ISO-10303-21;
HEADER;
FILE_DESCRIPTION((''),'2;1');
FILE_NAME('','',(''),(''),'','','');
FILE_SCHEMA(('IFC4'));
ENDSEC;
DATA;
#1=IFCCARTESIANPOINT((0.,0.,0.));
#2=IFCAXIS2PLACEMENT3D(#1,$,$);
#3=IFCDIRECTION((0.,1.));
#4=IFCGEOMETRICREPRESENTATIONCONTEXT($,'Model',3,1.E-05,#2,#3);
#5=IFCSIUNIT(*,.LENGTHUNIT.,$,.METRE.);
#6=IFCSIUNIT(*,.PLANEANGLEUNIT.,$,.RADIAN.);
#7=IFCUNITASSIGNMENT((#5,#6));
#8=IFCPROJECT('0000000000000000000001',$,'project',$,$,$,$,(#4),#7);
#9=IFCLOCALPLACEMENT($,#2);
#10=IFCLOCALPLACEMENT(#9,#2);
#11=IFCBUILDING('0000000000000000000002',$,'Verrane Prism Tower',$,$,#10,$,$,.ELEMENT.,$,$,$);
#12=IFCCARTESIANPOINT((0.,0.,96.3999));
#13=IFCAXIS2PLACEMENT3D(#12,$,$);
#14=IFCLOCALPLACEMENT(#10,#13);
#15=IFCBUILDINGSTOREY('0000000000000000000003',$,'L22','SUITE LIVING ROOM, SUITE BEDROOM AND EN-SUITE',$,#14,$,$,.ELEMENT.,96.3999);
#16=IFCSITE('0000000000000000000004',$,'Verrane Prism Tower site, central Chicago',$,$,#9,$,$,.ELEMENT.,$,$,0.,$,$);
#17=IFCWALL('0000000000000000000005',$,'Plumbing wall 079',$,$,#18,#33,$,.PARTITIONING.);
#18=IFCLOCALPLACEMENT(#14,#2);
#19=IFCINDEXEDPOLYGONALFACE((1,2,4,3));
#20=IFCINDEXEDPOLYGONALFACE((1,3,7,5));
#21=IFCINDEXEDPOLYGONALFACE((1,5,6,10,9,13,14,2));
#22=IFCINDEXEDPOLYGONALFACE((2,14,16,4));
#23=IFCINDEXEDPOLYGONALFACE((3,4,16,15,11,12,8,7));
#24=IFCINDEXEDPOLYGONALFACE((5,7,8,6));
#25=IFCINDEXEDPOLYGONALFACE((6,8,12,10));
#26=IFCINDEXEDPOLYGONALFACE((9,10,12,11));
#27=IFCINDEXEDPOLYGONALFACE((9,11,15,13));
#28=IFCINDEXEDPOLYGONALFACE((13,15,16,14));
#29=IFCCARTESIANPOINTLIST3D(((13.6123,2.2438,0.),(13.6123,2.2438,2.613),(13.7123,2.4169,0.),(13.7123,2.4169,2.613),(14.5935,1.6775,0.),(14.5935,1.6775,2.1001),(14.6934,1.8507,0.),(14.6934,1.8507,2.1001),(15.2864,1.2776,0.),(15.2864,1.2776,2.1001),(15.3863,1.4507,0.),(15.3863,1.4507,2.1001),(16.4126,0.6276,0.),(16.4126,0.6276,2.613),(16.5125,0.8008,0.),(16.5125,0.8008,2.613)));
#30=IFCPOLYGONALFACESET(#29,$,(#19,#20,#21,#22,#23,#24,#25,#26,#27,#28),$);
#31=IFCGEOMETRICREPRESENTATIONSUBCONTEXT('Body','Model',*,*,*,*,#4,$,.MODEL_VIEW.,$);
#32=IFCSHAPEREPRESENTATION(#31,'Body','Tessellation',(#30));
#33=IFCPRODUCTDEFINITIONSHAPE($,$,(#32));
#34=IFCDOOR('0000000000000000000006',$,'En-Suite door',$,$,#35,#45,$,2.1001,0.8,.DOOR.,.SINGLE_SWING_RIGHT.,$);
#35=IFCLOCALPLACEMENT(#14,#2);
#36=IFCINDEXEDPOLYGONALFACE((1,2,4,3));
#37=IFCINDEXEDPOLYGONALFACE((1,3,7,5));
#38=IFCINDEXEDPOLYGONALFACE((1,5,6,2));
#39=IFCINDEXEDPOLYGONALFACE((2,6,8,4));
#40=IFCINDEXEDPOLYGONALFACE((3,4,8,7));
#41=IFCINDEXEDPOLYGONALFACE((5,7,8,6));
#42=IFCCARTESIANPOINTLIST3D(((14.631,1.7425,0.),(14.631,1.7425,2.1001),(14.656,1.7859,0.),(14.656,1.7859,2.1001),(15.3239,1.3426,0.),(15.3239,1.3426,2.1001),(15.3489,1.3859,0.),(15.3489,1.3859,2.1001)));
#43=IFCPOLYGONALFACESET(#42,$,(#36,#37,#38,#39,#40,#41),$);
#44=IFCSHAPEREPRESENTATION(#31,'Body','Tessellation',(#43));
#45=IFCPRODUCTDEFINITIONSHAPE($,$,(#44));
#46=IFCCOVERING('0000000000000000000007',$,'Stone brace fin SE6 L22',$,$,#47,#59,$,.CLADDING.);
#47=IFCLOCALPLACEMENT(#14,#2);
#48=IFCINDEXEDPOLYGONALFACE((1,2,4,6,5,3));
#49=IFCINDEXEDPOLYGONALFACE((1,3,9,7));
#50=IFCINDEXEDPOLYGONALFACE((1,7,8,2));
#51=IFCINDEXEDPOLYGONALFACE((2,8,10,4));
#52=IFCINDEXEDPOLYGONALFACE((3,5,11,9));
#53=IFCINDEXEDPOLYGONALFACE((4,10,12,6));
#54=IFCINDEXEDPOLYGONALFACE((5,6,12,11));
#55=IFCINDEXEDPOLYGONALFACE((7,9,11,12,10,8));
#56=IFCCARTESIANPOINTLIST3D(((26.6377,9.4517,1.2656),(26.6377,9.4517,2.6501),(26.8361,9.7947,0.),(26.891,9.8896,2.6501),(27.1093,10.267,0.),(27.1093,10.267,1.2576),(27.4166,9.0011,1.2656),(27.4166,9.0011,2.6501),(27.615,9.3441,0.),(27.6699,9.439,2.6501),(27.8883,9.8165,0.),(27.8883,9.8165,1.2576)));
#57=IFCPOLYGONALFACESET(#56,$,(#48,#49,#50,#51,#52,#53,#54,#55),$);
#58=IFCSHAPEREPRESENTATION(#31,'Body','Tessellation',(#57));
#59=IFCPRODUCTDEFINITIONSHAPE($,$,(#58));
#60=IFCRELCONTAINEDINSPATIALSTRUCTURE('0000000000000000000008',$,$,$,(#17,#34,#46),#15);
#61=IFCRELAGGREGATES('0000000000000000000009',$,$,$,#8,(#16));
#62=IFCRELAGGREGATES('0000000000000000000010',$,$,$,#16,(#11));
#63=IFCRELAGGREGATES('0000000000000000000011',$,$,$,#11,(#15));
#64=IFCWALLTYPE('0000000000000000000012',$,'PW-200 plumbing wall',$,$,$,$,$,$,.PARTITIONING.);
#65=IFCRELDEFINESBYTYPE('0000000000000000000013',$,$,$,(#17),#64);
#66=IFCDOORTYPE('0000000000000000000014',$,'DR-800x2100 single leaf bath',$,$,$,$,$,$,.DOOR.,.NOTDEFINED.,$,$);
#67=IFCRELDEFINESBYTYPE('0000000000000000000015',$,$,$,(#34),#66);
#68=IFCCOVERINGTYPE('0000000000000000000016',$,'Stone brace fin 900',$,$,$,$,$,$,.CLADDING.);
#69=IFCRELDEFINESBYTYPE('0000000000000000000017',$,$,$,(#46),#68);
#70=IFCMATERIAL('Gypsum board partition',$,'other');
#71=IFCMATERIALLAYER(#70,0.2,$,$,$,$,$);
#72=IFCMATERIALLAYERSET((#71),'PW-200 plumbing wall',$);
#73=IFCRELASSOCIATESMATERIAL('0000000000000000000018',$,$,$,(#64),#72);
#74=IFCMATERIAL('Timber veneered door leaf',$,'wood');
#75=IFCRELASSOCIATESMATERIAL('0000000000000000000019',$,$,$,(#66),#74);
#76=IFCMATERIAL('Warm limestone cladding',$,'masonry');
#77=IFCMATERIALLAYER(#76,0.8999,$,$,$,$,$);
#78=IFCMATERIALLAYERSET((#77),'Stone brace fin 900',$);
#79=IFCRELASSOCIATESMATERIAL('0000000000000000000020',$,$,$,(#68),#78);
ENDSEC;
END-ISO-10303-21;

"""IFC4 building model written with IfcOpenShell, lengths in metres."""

from ifc_helpers import new_model, si_unit, direction, frame, frame_2d, origin, place, context, subcontext, project, spatial, polyline, rectangle, outline, extrude, material, layer, layer_set, type_object, element, fill, save


model = new_model("IFC4")

# Units and contexts
model_context = context("Model", 3, precision=1e-05, world=origin(), true_north=direction((0.0, 1.0)))
body_context = subcontext(model_context, "Body", "Model", "MODEL_VIEW")
ifc_project = project(units=[si_unit("LENGTHUNIT", "METRE"), si_unit("PLANEANGLEUNIT", "RADIAN")], contexts=[model_context])

# Site, building, storey
site_placement = place(None, origin())
site = spatial("IfcSite", under=ifc_project, at=site_placement, Name="Verrane Prism Tower site, central Chicago", CompositionType="ELEMENT", RefElevation=0.0)
building_placement = place(site_placement, origin())
building = spatial("IfcBuilding", under=site, at=building_placement, Name="Verrane Prism Tower", CompositionType="ELEMENT")
storey_placement = place(building_placement, frame((0.0, 0.0, 96.3999)))
storey = spatial("IfcBuildingStorey", under=building, at=storey_placement, Name="L22", Description="SUITE LIVING ROOM, SUITE BEDROOM AND EN-SUITE", CompositionType="ELEMENT", Elevation=96.3999)

# Wall, opening, door
ifc_material_1 = material(Name="Gypsum board partition", Category="other")
ifc_layer_1 = layer(ifc_material_1, 0.2)
ifc_layer_set_1 = layer_set([ifc_layer_1], Name="PW-200 plumbing wall")
wall_type_1 = type_object("IfcWallType", Name="PW-200 plumbing wall", PredefinedType="PARTITIONING", material=ifc_layer_set_1)
wall_1_placement = place(storey_placement, frame((16.4626, 0.7141, 0.0), z_axis=(0.0, 0.0, 1.0), x_axis=(-0.866098, 0.499875, 0.0)))
wall_1 = element("IfcWall", 1, at=wall_1_placement, inside=storey, type_object=wall_type_1, Name="Plumbing wall 079", PredefinedType="PARTITIONING", context=body_context, shape_type="SweptSolid", body=[
    extrude(rectangle(XDim=3.2332, YDim=0.2, at=frame_2d((1.6167, 0.0))), origin(), (0.0, 0.0, 1.0), 2.613),
])
opening_1_placement = place(wall_1_placement, frame((1.3005, 0.0, 0.0)))
opening_1 = element("IfcOpeningElement", 2, at=opening_1_placement, cuts=wall_1, PredefinedType="OPENING", context=body_context, shape_type="SweptSolid", body=[
    extrude(rectangle(XDim=0.8, YDim=2.1001, at=frame_2d((0.3999, 1.05))), frame((0.0, 0.1099, 0.0), z_axis=(0.0, -1.0, 0.0), x_axis=(1.0, 0.0, 0.0)), (0.0, 0.0, 1.0), 0.22),
])
ifc_material_2 = material(Name="Timber veneered door leaf", Category="wood")
door_type_1 = type_object("IfcDoorType", Name="DR-800x2100 single leaf bath", OperationType="NOTDEFINED", PredefinedType="DOOR", material=ifc_material_2)
door_1_placement = place(opening_1_placement, origin())
door_1 = element("IfcDoor", 3, at=door_1_placement, inside=storey, type_object=door_type_1, Name="En-Suite door", OperationType="SINGLE_SWING_RIGHT", OverallHeight=2.1001, OverallWidth=0.8, PredefinedType="DOOR", context=body_context, shape_type="SweptSolid", body=[
    extrude(rectangle(XDim=0.8, YDim=2.1001, at=frame_2d((0.3999, 1.05))), frame((0.0, 0.0249, 0.0), z_axis=(0.0, -1.0, 0.0), x_axis=(1.0, 0.0, 0.0)), (0.0, 0.0, 1.0), 0.05),
])
fill(opening_1, door_1)

# Covering
ifc_material_3 = material(Name="Warm limestone cladding", Category="masonry")
ifc_layer_2 = layer(ifc_material_3, 0.8999)
ifc_layer_set_2 = layer_set([ifc_layer_2], Name="Stone brace fin 900")
covering_type = type_object("IfcCoveringType", Name="Stone brace fin 900", PredefinedType="CLADDING", material=ifc_layer_set_2)
covering_placement = place(storey_placement, frame((27.4988, 10.0417, 0.0), z_axis=(0.0, 0.0, 1.0), x_axis=(-0.500709, -0.865615, 0.0)))
element("IfcCovering", 4, at=covering_placement, inside=storey, type_object=covering_type, Name="Stone brace fin SE6 L22", PredefinedType="CLADDING", context=body_context, shape_type="SweptSolid", body=[
    extrude(outline(polyline([(0.9419, 2.6501), (0.436, 2.6501), (0.0, 1.2576), (0.0, 0.0), (0.5457, 0.0), (0.9419, 1.2656), (0.9419, 2.6501)])), frame((0.0, 0.45, 0.0), z_axis=(0.0, -1.0, 0.0), x_axis=(1.0, 0.0, 0.0)), (0.0, 0.0, 1.0), 0.8999),
])

save(model, "model.ifc")
